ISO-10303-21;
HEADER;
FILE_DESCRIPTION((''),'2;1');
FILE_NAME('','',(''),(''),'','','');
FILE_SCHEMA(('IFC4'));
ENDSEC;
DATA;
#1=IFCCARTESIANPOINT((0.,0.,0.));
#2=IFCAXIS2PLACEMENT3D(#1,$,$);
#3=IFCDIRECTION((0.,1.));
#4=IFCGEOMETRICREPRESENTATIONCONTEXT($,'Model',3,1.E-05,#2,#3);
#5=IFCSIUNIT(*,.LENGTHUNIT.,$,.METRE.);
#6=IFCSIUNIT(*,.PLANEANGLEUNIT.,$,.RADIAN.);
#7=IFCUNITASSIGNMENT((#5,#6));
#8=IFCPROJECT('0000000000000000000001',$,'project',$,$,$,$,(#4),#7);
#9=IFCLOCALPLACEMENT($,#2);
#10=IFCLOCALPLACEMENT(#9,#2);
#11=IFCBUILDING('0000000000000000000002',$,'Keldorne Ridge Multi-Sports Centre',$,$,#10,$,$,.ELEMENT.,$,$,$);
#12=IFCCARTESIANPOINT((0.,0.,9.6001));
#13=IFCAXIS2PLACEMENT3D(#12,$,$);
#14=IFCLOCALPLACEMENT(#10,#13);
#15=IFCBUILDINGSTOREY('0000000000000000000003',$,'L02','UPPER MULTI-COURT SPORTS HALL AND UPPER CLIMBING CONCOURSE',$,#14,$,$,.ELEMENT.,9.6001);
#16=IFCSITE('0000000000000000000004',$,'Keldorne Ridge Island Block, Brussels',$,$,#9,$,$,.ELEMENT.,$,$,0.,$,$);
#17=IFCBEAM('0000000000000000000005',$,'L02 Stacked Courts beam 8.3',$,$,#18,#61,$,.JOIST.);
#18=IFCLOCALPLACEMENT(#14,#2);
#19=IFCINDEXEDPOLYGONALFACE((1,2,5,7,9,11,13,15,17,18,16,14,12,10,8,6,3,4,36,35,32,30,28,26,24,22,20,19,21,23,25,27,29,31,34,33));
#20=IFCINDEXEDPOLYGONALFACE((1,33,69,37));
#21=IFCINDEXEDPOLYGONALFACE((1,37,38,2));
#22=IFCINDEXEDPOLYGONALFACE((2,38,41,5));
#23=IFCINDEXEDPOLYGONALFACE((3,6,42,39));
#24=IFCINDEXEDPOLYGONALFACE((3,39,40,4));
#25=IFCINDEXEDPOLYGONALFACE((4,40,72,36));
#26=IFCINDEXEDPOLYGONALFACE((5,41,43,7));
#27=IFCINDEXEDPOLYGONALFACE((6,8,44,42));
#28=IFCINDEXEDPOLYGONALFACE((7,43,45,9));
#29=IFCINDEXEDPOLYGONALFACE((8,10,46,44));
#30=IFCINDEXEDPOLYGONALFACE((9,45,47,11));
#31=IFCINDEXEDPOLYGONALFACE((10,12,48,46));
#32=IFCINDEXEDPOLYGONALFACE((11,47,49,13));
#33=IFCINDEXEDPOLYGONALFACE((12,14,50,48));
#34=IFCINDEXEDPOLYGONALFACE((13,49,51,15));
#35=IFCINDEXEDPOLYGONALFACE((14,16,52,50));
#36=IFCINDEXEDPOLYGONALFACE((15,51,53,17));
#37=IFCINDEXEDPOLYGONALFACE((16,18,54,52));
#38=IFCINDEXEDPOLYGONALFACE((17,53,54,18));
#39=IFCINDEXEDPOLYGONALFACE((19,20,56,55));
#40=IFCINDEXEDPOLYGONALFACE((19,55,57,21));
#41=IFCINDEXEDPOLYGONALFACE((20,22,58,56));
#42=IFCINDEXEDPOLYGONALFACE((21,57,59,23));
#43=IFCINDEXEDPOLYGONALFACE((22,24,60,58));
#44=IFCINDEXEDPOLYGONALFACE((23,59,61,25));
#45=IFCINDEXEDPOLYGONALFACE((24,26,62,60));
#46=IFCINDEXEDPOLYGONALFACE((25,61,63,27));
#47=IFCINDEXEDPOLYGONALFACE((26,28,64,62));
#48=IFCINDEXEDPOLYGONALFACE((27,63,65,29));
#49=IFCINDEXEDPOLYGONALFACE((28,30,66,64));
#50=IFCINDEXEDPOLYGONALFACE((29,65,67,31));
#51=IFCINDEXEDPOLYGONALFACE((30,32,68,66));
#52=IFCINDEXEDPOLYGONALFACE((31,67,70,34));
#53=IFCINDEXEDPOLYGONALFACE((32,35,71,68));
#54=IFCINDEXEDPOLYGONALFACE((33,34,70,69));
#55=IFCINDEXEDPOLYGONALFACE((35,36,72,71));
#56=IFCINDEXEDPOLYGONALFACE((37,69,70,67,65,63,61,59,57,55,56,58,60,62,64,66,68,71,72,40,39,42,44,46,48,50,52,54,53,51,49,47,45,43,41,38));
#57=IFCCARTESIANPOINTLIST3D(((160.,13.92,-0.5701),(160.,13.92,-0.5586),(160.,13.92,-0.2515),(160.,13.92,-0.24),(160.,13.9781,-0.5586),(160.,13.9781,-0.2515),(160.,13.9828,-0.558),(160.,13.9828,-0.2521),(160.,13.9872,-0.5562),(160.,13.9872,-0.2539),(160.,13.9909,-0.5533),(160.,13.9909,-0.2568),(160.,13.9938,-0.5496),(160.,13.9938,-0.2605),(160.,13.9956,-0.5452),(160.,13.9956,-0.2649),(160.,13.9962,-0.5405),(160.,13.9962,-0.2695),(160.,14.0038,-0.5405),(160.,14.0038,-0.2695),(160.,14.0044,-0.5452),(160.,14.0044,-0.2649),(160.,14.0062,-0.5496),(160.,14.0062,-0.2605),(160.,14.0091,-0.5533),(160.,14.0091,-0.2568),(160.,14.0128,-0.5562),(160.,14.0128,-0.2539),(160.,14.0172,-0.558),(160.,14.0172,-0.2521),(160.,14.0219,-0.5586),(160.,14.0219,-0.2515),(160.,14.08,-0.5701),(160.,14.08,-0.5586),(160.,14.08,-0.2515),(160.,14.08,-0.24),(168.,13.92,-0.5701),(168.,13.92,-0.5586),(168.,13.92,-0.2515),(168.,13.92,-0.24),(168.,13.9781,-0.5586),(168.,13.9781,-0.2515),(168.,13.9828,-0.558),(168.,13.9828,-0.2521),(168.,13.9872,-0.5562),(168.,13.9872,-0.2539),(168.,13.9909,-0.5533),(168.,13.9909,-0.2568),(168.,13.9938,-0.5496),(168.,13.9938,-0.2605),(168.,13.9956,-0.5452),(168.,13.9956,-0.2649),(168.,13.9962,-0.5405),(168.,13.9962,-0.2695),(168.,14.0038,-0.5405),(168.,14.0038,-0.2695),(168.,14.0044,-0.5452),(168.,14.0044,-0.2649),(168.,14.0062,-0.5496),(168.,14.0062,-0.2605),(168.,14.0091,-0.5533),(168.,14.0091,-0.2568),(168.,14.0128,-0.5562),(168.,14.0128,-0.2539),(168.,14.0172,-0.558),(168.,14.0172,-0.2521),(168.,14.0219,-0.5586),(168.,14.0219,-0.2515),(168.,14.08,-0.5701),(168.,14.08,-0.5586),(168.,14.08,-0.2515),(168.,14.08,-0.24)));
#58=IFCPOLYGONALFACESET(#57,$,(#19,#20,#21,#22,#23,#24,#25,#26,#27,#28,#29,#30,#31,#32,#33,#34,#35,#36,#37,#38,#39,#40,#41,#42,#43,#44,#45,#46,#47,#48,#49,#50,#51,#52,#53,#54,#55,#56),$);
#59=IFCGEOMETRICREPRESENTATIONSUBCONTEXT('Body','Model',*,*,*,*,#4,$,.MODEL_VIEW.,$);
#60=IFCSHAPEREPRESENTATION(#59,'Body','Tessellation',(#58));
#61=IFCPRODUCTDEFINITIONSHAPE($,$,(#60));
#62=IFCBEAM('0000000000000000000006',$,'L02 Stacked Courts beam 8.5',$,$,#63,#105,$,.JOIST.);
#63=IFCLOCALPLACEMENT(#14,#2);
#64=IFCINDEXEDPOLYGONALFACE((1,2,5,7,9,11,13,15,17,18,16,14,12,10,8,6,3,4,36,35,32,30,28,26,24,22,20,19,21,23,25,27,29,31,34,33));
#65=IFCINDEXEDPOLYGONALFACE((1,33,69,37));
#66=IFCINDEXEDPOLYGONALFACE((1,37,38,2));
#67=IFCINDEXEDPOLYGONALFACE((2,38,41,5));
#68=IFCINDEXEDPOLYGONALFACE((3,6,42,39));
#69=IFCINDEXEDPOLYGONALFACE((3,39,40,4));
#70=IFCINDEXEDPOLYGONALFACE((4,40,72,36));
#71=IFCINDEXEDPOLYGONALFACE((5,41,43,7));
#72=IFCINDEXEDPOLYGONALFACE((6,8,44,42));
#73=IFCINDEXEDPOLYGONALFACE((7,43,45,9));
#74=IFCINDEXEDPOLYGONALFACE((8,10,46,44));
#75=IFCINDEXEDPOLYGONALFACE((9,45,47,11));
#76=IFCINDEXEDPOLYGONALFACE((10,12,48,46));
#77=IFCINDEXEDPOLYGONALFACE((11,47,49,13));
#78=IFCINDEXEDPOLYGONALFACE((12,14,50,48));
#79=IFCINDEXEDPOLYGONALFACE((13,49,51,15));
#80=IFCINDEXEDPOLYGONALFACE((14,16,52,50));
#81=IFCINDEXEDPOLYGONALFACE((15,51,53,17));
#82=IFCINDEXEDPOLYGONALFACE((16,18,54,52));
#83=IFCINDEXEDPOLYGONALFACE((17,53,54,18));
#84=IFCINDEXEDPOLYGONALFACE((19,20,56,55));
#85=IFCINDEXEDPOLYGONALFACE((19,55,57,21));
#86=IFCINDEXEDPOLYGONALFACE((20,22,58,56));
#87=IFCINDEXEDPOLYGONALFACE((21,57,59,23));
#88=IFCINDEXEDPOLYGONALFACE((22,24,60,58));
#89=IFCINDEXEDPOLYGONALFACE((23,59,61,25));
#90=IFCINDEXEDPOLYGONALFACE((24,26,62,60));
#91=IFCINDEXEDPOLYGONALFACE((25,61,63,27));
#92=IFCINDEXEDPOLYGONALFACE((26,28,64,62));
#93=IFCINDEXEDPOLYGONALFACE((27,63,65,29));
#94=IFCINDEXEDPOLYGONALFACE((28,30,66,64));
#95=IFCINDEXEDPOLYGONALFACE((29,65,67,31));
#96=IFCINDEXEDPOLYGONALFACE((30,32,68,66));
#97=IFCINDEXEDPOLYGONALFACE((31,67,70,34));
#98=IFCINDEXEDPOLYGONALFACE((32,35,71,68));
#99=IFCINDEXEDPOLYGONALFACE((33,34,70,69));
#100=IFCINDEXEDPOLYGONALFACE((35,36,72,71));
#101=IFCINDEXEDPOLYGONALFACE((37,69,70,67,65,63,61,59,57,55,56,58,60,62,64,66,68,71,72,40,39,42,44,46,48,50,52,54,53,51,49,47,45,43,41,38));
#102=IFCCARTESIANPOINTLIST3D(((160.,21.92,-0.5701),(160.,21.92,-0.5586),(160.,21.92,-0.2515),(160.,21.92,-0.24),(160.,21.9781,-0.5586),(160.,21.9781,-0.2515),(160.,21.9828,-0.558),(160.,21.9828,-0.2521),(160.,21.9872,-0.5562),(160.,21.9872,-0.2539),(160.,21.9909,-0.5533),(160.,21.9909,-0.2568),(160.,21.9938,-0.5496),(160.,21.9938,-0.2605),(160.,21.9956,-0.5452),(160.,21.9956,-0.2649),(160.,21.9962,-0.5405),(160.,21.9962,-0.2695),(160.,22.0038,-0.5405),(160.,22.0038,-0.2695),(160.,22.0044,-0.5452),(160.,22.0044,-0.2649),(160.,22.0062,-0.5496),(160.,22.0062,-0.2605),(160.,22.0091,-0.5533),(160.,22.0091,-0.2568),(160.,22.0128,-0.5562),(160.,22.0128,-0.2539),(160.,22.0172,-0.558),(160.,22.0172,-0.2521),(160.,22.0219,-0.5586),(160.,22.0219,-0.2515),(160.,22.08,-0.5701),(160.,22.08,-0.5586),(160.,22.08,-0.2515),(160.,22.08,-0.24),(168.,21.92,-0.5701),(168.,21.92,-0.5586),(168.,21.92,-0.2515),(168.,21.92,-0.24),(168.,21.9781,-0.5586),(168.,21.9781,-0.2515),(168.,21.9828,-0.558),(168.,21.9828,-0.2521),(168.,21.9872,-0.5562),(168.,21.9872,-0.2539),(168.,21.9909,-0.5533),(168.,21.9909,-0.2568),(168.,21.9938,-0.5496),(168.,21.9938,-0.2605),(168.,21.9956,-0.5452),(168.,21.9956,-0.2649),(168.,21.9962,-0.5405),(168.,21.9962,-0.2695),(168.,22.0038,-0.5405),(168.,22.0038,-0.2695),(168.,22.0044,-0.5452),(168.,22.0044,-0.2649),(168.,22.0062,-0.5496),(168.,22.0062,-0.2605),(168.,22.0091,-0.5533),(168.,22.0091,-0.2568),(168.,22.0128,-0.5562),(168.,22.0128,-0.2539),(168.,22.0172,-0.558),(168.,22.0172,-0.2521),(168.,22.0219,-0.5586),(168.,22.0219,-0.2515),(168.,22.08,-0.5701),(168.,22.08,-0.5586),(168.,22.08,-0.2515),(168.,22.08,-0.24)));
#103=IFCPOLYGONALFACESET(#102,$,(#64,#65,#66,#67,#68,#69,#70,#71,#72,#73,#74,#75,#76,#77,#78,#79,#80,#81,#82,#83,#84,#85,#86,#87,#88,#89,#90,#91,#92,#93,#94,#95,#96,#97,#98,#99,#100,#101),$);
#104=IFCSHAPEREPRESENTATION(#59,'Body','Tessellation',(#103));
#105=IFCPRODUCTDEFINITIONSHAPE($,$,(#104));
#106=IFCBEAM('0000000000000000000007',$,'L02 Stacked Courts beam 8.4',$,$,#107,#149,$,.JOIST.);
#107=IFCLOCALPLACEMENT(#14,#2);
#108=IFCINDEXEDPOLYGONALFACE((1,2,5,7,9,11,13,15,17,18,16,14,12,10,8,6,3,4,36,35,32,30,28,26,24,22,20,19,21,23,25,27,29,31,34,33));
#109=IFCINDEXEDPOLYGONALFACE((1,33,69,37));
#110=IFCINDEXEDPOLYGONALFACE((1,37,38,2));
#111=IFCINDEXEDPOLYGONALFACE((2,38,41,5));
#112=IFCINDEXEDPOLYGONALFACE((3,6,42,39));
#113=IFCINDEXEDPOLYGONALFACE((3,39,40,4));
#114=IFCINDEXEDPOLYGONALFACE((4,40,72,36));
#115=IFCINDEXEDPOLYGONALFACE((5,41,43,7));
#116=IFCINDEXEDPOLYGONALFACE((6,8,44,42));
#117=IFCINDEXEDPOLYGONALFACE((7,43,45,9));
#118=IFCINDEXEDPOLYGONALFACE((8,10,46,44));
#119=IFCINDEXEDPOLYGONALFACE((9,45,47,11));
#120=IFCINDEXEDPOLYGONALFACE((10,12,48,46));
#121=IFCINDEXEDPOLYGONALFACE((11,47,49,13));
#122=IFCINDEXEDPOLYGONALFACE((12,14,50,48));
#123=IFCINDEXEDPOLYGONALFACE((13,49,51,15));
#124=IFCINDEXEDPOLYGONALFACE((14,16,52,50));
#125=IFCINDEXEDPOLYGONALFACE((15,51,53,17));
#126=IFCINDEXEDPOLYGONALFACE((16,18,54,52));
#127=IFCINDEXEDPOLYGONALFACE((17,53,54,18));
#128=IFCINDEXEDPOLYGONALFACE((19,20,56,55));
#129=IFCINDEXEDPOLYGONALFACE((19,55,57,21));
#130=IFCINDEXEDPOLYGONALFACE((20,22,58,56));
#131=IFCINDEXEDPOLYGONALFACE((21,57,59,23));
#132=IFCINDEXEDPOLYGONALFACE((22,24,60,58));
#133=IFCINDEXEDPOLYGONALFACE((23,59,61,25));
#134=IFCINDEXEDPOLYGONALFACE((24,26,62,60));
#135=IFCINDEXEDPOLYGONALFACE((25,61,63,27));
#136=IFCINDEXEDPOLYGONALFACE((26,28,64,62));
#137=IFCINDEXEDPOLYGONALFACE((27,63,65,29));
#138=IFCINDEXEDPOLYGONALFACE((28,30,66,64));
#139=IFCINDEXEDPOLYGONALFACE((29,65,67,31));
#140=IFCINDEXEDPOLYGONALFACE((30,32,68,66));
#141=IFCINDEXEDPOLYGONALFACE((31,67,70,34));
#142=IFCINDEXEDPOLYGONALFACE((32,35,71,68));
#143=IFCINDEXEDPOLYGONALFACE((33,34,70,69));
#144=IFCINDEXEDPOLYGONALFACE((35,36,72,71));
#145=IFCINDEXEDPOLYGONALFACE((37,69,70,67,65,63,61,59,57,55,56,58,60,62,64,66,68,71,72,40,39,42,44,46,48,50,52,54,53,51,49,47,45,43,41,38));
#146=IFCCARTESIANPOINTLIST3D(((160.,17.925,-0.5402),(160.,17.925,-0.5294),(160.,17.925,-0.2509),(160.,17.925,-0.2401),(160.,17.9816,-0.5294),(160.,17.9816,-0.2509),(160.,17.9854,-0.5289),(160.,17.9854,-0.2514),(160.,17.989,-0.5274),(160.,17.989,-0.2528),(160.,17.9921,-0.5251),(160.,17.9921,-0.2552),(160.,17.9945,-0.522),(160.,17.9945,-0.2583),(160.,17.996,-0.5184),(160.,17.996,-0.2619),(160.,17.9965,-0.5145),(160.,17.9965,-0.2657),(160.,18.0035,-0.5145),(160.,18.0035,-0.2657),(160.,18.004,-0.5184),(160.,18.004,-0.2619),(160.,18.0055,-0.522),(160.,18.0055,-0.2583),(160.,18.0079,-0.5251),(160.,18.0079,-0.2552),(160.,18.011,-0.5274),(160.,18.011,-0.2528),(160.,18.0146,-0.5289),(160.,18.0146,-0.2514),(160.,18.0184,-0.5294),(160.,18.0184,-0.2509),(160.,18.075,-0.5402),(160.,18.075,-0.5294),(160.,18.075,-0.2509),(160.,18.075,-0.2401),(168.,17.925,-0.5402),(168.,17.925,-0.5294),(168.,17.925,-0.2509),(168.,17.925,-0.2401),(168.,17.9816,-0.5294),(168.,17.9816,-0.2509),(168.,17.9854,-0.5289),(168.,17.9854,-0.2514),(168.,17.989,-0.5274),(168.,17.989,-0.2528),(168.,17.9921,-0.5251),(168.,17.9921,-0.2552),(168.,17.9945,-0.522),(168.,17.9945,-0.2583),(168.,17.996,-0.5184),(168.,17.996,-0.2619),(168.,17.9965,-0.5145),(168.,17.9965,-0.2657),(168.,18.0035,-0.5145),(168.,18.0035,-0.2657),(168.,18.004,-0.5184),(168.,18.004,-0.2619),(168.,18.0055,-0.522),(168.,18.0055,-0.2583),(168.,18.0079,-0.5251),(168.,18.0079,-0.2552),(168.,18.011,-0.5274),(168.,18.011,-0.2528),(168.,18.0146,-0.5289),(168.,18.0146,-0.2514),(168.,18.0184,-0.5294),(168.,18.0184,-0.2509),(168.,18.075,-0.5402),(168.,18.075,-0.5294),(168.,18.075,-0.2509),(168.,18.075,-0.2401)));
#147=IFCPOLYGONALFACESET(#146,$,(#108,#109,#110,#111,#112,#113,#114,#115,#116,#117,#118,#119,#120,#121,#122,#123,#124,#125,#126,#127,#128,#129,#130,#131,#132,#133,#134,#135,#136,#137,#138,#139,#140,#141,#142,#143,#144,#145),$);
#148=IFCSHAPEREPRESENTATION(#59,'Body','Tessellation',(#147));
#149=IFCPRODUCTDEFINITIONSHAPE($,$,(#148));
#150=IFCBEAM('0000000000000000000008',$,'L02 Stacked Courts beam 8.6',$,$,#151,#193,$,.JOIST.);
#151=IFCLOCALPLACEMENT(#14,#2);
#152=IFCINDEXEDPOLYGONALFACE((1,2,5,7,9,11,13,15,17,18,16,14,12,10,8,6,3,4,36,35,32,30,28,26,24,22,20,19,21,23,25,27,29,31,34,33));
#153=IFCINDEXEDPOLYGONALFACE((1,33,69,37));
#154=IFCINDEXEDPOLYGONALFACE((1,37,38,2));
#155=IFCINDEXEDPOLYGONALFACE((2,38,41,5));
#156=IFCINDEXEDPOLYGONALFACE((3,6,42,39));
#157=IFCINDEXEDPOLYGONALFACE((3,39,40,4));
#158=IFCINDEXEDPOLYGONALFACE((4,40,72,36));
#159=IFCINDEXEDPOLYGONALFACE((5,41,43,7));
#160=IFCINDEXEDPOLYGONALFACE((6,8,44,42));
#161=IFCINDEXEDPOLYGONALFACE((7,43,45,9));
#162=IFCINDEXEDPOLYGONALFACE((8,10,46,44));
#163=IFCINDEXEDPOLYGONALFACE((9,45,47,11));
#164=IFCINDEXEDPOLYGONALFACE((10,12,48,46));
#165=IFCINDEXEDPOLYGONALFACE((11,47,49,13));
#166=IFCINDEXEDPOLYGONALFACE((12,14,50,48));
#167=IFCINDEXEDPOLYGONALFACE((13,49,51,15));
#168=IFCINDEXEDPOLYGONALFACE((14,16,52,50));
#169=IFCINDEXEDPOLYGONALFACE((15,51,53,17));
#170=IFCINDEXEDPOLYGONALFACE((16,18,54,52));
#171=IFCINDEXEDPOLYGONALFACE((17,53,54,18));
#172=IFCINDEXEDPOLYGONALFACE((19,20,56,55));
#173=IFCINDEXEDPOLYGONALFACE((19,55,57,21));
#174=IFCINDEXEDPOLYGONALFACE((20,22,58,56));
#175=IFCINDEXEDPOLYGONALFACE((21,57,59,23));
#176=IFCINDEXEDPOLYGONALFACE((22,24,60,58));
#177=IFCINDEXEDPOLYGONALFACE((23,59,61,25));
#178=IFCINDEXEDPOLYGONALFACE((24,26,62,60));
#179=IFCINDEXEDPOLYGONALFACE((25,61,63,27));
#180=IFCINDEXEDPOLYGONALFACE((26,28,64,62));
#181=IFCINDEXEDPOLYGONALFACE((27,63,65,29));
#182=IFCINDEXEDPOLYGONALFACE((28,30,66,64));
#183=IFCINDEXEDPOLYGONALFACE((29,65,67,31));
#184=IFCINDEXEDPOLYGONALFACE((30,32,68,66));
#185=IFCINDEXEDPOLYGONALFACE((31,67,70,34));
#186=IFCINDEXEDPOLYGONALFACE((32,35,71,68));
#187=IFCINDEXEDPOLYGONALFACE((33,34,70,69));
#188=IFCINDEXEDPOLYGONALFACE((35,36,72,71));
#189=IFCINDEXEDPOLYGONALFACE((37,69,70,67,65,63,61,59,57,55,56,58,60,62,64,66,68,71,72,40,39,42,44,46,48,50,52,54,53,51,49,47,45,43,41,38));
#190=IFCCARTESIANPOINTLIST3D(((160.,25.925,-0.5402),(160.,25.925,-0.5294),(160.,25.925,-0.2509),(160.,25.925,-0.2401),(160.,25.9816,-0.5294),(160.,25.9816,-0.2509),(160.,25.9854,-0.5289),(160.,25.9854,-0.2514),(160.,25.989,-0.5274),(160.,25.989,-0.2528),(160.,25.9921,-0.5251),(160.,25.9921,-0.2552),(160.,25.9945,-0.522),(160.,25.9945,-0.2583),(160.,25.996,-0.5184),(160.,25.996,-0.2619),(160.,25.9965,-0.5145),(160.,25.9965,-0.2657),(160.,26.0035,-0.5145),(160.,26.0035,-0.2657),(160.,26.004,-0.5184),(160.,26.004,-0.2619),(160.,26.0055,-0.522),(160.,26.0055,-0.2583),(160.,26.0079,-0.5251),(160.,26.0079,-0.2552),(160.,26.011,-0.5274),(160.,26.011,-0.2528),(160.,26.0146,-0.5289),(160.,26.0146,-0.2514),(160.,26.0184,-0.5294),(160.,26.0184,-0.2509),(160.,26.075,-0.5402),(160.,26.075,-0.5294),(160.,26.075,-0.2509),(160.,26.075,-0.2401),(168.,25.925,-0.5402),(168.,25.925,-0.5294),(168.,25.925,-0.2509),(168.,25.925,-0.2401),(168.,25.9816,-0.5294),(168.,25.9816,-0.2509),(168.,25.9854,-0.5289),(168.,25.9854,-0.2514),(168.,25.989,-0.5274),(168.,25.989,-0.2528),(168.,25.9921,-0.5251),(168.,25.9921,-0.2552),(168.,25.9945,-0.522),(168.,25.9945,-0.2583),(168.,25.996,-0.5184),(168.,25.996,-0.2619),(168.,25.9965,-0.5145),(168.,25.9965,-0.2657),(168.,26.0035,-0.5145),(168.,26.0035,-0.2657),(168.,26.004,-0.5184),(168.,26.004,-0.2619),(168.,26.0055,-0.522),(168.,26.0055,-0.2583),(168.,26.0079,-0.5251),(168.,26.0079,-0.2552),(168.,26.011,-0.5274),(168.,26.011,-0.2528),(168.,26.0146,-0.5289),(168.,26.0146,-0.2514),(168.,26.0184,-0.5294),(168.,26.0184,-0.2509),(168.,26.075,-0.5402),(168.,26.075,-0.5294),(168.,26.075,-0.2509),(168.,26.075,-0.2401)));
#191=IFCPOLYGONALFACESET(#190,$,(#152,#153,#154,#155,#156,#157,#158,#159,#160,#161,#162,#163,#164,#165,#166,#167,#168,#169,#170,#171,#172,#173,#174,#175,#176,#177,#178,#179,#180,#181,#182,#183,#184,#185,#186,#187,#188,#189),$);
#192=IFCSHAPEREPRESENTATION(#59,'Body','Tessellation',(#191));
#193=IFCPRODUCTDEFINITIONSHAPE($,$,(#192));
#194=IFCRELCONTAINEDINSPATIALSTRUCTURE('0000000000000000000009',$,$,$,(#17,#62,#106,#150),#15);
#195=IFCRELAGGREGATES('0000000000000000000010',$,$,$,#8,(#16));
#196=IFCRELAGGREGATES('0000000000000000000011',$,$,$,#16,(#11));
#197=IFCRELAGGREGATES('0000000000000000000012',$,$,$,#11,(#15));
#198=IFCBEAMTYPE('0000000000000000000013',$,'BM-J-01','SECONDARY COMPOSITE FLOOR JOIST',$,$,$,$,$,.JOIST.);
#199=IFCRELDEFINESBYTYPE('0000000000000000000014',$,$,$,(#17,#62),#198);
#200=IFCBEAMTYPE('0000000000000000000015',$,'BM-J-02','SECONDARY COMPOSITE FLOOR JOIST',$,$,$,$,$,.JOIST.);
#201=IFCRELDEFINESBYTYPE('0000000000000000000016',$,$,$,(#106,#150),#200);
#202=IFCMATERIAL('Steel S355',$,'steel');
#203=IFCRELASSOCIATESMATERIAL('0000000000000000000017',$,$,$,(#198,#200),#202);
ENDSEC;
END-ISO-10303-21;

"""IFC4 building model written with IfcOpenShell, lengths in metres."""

from ifc_helpers import new_model, si_unit, direction, frame, origin, origin_2d, place, context, subcontext, project, spatial, i_section, extrude, material, material_profile, profile_set, type_object, element, save


model = new_model("IFC4")

# Units and contexts
model_context = context("Model", 3, precision=1e-05, world=origin(), true_north=direction((0.0, 1.0)))
body_context = subcontext(model_context, "Body", "Model", "MODEL_VIEW")
ifc_project = project(units=[si_unit("LENGTHUNIT", "METRE"), si_unit("PLANEANGLEUNIT", "RADIAN")], contexts=[model_context])

# Site, building, storey
site_placement = place(None, origin())
site = spatial("IfcSite", under=ifc_project, at=site_placement, Name="Keldorne Ridge Island Block, Brussels", CompositionType="ELEMENT", RefElevation=0.0)
building_placement = place(site_placement, origin())
building = spatial("IfcBuilding", under=site, at=building_placement, Name="Keldorne Ridge Multi-Sports Centre", CompositionType="ELEMENT")
storey_placement = place(building_placement, frame((0.0, 0.0, 9.6001)))
storey = spatial("IfcBuildingStorey", under=building, at=storey_placement, Name="L02", Description="UPPER MULTI-COURT SPORTS HALL AND UPPER CLIMBING CONCOURSE", CompositionType="ELEMENT", Elevation=9.6001)

# Shared definitions
ifc_material_1 = material(Name="Steel S355", Category="steel")

# Beams
ifc_material_profile_1 = material_profile(ifc_material_1, i_section(OverallWidth=0.1599, OverallDepth=0.3301, WebThickness=0.0076, FlangeThickness=0.0115, FilletRadius=0.0181, at=origin_2d()), Name="IPE 330")
ifc_profile_set_1 = profile_set([ifc_material_profile_1], Name="Steel S355")
beam_type_1 = type_object("IfcBeamType", Name="BM-J-01", Description="SECONDARY COMPOSITE FLOOR JOIST", PredefinedType="JOIST", material=ifc_profile_set_1)
for number, where, z_axis, x_axis, name in (
    (1, (160.0, 14.0, -0.405), (1.0, 0.0, 0.0), (0.0, 1.0, 0.0), "L02 Stacked Courts beam 8.3"),
    (2, (160.0, 22.0, -0.405), (1.0, 0.0, 0.0), (0.0, 1.0, 0.0), "L02 Stacked Courts beam 8.5"),
):
    element("IfcBeam", number, at=place(storey_placement, frame(where, z_axis=z_axis, x_axis=x_axis)), inside=storey, type_object=beam_type_1, Name=name, PredefinedType="JOIST", context=body_context, shape_type="SweptSolid", body=[
        extrude(i_section(OverallWidth=0.1599, OverallDepth=0.3301, WebThickness=0.0076, FlangeThickness=0.0115, FilletRadius=0.0181, at=origin_2d()), origin(), (0.0, 0.0, 1.0), 8.0),
    ])
ifc_material_profile_2 = material_profile(ifc_material_1, i_section(OverallWidth=0.1499, OverallDepth=0.3, WebThickness=0.0071, FlangeThickness=0.0107, FilletRadius=0.0149, at=origin_2d()), Name="IPE 300")
ifc_profile_set_2 = profile_set([ifc_material_profile_2], Name="Steel S355")
beam_type_2 = type_object("IfcBeamType", Name="BM-J-02", Description="SECONDARY COMPOSITE FLOOR JOIST", PredefinedType="JOIST", material=ifc_profile_set_2)
for number, where, z_axis, x_axis, name in (
    (3, (160.0, 18.0, -0.3901), (1.0, 0.0, 0.0), (0.0, 1.0, 0.0), "L02 Stacked Courts beam 8.4"),
    (4, (160.0, 26.0, -0.3901), (1.0, 0.0, 0.0), (0.0, 1.0, 0.0), "L02 Stacked Courts beam 8.6"),
):
    element("IfcBeam", number, at=place(storey_placement, frame(where, z_axis=z_axis, x_axis=x_axis)), inside=storey, type_object=beam_type_2, Name=name, PredefinedType="JOIST", context=body_context, shape_type="SweptSolid", body=[
        extrude(i_section(OverallWidth=0.1499, OverallDepth=0.3, WebThickness=0.0071, FlangeThickness=0.0107, FilletRadius=0.0149, at=origin_2d()), origin(), (0.0, 0.0, 1.0), 8.0),
    ])

save(model, "model.ifc")
